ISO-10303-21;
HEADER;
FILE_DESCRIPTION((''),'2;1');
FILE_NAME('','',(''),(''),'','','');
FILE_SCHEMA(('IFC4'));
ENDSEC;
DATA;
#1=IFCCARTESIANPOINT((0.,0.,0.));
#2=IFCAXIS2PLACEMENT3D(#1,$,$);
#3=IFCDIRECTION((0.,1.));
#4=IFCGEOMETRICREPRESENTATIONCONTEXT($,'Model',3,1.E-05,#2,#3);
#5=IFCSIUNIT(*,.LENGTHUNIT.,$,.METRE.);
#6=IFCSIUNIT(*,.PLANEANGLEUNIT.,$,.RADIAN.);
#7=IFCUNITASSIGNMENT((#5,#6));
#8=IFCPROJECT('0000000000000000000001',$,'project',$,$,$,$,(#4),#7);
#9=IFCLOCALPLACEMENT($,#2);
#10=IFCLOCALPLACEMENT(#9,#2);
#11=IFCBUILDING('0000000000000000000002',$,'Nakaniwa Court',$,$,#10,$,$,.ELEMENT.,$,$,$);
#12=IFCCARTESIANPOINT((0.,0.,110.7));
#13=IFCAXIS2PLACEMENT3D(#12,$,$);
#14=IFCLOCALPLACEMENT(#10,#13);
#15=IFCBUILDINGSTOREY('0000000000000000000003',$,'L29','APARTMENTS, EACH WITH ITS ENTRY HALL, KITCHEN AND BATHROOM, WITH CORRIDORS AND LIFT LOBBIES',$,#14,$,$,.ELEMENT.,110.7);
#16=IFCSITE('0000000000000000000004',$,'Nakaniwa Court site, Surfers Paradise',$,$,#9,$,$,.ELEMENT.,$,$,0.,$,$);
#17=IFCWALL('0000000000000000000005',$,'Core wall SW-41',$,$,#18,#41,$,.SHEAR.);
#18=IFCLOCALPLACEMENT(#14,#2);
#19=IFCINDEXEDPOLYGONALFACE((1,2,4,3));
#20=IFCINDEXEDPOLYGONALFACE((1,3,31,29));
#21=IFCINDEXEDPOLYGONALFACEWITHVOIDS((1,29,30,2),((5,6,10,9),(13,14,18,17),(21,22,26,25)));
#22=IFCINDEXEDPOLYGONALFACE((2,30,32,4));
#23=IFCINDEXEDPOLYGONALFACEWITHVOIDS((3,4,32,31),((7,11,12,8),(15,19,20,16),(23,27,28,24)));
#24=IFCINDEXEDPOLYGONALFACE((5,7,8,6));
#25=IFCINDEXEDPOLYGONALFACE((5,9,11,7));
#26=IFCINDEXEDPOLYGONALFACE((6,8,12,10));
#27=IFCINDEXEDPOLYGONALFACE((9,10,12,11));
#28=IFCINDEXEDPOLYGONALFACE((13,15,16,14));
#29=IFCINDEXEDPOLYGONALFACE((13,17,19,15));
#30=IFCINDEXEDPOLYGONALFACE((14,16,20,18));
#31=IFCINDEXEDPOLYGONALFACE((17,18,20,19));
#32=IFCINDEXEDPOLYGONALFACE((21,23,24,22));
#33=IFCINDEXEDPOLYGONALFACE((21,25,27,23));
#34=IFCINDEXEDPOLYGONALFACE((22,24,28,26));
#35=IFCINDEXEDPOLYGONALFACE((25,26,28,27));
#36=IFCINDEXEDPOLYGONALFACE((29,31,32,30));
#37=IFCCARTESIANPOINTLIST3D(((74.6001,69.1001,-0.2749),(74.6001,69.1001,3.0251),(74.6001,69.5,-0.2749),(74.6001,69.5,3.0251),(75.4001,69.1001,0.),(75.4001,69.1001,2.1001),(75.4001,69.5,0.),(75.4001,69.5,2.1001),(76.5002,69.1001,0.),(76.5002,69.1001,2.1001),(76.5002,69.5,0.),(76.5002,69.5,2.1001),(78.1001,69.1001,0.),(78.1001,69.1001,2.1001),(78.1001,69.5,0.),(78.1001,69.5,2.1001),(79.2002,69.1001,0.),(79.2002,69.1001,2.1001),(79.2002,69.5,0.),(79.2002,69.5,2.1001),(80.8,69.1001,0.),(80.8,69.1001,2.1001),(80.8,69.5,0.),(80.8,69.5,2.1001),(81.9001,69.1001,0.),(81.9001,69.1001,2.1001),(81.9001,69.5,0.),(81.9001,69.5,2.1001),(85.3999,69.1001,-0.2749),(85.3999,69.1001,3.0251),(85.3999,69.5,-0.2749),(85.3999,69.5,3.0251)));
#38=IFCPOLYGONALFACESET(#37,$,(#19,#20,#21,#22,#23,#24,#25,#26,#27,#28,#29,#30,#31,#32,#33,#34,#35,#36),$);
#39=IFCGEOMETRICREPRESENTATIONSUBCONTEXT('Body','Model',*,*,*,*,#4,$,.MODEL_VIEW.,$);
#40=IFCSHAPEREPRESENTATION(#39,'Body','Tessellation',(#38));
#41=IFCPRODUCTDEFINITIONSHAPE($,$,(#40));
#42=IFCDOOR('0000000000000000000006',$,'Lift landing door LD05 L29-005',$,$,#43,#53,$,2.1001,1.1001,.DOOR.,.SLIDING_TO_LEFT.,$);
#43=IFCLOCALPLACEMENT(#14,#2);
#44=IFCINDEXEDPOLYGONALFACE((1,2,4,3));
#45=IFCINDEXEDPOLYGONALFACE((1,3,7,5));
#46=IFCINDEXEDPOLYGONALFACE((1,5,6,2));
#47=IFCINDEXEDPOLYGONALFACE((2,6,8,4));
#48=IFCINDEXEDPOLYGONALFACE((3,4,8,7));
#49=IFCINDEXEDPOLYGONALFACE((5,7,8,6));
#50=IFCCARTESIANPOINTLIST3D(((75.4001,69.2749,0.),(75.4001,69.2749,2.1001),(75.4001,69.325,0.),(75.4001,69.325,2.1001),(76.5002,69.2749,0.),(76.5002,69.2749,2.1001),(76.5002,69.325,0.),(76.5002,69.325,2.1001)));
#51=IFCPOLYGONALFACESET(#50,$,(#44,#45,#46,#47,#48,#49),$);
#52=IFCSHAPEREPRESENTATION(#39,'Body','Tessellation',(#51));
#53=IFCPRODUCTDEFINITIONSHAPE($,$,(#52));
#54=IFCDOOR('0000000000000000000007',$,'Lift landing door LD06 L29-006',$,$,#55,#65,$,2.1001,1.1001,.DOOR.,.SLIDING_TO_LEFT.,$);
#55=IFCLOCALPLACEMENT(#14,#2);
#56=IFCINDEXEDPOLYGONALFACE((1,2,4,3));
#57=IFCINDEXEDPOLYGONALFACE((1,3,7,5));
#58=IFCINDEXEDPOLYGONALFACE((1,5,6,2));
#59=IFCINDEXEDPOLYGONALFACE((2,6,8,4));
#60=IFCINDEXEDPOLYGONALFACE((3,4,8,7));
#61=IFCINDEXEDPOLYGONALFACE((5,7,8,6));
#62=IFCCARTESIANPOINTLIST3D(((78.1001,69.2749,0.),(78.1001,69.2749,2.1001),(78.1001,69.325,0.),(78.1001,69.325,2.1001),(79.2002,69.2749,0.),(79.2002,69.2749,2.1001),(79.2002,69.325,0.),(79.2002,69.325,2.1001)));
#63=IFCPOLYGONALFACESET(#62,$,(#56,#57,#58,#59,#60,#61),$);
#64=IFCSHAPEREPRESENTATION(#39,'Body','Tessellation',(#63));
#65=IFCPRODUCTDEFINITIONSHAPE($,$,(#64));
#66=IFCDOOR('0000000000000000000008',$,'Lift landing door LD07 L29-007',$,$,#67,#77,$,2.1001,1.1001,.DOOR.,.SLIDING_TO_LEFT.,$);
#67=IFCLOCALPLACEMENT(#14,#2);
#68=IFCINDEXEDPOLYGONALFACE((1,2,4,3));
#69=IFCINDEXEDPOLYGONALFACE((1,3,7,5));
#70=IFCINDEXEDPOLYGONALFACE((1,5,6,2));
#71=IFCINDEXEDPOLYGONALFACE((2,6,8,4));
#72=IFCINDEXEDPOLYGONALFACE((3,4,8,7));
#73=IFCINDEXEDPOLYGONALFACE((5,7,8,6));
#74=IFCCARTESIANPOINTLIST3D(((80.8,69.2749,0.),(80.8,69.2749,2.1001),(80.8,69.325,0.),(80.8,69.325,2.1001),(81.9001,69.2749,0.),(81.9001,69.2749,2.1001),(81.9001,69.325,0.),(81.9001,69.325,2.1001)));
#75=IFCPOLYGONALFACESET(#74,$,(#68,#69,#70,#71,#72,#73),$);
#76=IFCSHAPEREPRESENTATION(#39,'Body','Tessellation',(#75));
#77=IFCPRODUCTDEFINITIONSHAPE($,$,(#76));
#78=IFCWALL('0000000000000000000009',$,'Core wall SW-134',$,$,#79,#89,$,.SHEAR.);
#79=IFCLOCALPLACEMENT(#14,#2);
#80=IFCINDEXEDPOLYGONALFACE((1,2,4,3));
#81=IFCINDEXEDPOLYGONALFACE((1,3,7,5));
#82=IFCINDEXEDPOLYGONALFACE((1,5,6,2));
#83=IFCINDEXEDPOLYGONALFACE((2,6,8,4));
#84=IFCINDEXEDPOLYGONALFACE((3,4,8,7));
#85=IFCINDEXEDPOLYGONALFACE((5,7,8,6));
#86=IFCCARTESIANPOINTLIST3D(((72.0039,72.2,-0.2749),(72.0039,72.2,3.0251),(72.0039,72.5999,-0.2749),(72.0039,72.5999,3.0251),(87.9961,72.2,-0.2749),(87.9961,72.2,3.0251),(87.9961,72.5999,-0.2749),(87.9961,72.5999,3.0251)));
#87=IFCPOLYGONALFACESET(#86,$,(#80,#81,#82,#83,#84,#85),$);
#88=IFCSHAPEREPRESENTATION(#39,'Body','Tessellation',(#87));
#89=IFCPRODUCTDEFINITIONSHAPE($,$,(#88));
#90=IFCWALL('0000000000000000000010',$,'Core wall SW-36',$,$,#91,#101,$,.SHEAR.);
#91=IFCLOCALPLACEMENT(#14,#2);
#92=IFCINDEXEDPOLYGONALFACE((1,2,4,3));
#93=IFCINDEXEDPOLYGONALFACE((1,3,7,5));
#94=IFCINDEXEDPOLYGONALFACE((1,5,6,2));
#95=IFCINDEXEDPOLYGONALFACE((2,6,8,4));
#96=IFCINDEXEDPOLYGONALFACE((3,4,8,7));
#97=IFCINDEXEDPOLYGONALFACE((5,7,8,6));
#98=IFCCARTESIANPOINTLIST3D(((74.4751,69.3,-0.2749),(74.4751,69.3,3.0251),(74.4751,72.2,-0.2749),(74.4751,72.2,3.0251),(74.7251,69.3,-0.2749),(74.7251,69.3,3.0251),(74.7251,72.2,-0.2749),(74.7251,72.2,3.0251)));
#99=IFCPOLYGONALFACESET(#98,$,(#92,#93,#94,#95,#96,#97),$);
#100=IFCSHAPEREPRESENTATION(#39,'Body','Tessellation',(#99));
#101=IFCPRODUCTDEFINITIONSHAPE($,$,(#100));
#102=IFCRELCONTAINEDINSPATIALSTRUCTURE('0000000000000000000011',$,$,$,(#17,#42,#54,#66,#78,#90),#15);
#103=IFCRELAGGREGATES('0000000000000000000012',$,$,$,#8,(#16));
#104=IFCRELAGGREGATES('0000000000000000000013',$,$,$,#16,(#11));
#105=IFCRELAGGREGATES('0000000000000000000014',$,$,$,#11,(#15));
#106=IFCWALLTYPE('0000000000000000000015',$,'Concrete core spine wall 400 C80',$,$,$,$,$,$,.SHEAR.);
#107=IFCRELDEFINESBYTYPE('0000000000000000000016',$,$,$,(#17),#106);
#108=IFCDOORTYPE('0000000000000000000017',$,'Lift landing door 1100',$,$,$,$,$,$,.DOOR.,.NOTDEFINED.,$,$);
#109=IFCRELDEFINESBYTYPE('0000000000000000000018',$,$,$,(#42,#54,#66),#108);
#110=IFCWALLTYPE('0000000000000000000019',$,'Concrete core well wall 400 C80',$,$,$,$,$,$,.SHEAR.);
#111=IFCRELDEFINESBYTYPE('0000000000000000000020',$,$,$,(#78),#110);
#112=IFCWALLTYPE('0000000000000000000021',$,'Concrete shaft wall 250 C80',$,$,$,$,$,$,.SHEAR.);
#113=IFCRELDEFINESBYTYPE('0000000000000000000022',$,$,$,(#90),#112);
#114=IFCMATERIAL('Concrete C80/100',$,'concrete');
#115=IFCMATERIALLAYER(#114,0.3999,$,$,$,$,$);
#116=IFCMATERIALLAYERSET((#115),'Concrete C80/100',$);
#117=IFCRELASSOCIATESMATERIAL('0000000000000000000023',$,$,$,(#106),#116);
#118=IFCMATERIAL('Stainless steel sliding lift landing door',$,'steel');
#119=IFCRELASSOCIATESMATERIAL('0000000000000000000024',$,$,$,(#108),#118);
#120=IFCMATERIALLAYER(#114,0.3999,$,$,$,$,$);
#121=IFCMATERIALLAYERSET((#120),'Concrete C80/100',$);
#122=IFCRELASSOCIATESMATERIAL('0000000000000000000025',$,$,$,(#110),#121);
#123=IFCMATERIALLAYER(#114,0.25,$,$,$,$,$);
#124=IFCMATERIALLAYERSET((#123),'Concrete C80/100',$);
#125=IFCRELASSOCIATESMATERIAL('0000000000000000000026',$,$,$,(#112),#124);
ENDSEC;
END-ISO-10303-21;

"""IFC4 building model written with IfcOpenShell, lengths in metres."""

from ifc_helpers import new_model, si_unit, direction, frame, frame_2d, origin, place, context, subcontext, project, spatial, rectangle, extrude, material, layer, layer_set, type_object, element, fill, save


model = new_model("IFC4")

# Units and contexts
model_context = context("Model", 3, precision=1e-05, world=origin(), true_north=direction((0.0, 1.0)))
body_context = subcontext(model_context, "Body", "Model", "MODEL_VIEW")
ifc_project = project(units=[si_unit("LENGTHUNIT", "METRE"), si_unit("PLANEANGLEUNIT", "RADIAN")], contexts=[model_context])

# Site, building, storey
site_placement = place(None, origin())
site = spatial("IfcSite", under=ifc_project, at=site_placement, Name="Nakaniwa Court site, Surfers Paradise", CompositionType="ELEMENT", RefElevation=0.0)
building_placement = place(site_placement, origin())
building = spatial("IfcBuilding", under=site, at=building_placement, Name="Nakaniwa Court", CompositionType="ELEMENT")
storey_placement = place(building_placement, frame((0.0, 0.0, 110.7)))
storey = spatial("IfcBuildingStorey", under=building, at=storey_placement, Name="L29", Description="APARTMENTS, EACH WITH ITS ENTRY HALL, KITCHEN AND BATHROOM, WITH CORRIDORS AND LIFT LOBBIES", CompositionType="ELEMENT", Elevation=110.7)

# Shared definitions
ifc_material_1 = material(Name="Concrete C80/100", Category="concrete")

# Wall, openings, doors
ifc_layer_1 = layer(ifc_material_1, 0.3999)
ifc_layer_set_1 = layer_set([ifc_layer_1], Name="Concrete C80/100")
wall_type_1 = type_object("IfcWallType", Name="Concrete core spine wall 400 C80", PredefinedType="SHEAR", material=ifc_layer_set_1)
wall_1_placement = place(storey_placement, frame((74.6001, 69.3, -0.2749), z_axis=(0.0, 0.0, 1.0), x_axis=(1.0, 0.0, 0.0)))
wall_1 = element("IfcWall", 1, at=wall_1_placement, inside=storey, type_object=wall_type_1, Name="Core wall SW-41", PredefinedType="SHEAR", context=body_context, shape_type="SweptSolid", body=[
    extrude(rectangle(XDim=10.7998, YDim=0.3999, at=frame_2d((5.3999, 0.0))), origin(), (0.0, 0.0, 1.0), 3.3),
])
opening_1_placement = place(wall_1_placement, frame((0.8, 0.0, 0.2749)))
opening_1 = element("IfcOpeningElement", 2, at=opening_1_placement, cuts=wall_1, PredefinedType="OPENING", context=body_context, shape_type="SweptSolid", body=[
    extrude(rectangle(XDim=1.1001, YDim=2.1001, at=frame_2d((0.55, 1.05))), frame((0.0, 0.21, 0.0), z_axis=(0.0, -1.0, 0.0), x_axis=(1.0, 0.0, 0.0)), (0.0, 0.0, 1.0), 0.4199),
])
opening_2_placement = place(wall_1_placement, frame((3.5, 0.0, 0.2749)))
opening_2 = element("IfcOpeningElement", 3, at=opening_2_placement, cuts=wall_1, PredefinedType="OPENING", context=body_context, shape_type="SweptSolid", body=[
    extrude(rectangle(XDim=1.1001, YDim=2.1001, at=frame_2d((0.55, 1.05))), frame((0.0, 0.21, 0.0), z_axis=(0.0, -1.0, 0.0), x_axis=(1.0, 0.0, 0.0)), (0.0, 0.0, 1.0), 0.4199),
])
opening_3_placement = place(wall_1_placement, frame((6.2, 0.0, 0.2749)))
opening_3 = element("IfcOpeningElement", 4, at=opening_3_placement, cuts=wall_1, PredefinedType="OPENING", context=body_context, shape_type="SweptSolid", body=[
    extrude(rectangle(XDim=1.1001, YDim=2.1001, at=frame_2d((0.55, 1.05))), frame((0.0, 0.21, 0.0), z_axis=(0.0, -1.0, 0.0), x_axis=(1.0, 0.0, 0.0)), (0.0, 0.0, 1.0), 0.4199),
])
ifc_material_2 = material(Name="Stainless steel sliding lift landing door", Category="steel")
door_type_1 = type_object("IfcDoorType", Name="Lift landing door 1100", OperationType="NOTDEFINED", PredefinedType="DOOR", material=ifc_material_2)
door_1_placement = place(opening_1_placement, origin())
door_1 = element("IfcDoor", 5, at=door_1_placement, inside=storey, type_object=door_type_1, Name="Lift landing door LD05 L29-005", OperationType="SLIDING_TO_LEFT", OverallHeight=2.1001, OverallWidth=1.1001, PredefinedType="DOOR", context=body_context, shape_type="SweptSolid", body=[
    extrude(rectangle(XDim=1.1001, YDim=2.1001, at=frame_2d((0.55, 1.05))), frame((0.0, 0.0249, 0.0), z_axis=(0.0, -1.0, 0.0), x_axis=(1.0, 0.0, 0.0)), (0.0, 0.0, 1.0), 0.05),
])
fill(opening_1, door_1)
door_2_placement = place(opening_2_placement, origin())
door_2 = element("IfcDoor", 6, at=door_2_placement, inside=storey, type_object=door_type_1, Name="Lift landing door LD06 L29-006", OperationType="SLIDING_TO_LEFT", OverallHeight=2.1001, OverallWidth=1.1001, PredefinedType="DOOR", context=body_context, shape_type="SweptSolid", body=[
    extrude(rectangle(XDim=1.1001, YDim=2.1001, at=frame_2d((0.55, 1.05))), frame((0.0, 0.0249, 0.0), z_axis=(0.0, -1.0, 0.0), x_axis=(1.0, 0.0, 0.0)), (0.0, 0.0, 1.0), 0.05),
])
fill(opening_2, door_2)
door_3_placement = place(opening_3_placement, origin())
door_3 = element("IfcDoor", 7, at=door_3_placement, inside=storey, type_object=door_type_1, Name="Lift landing door LD07 L29-007", OperationType="SLIDING_TO_LEFT", OverallHeight=2.1001, OverallWidth=1.1001, PredefinedType="DOOR", context=body_context, shape_type="SweptSolid", body=[
    extrude(rectangle(XDim=1.1001, YDim=2.1001, at=frame_2d((0.55, 1.05))), frame((0.0, 0.0249, 0.0), z_axis=(0.0, -1.0, 0.0), x_axis=(1.0, 0.0, 0.0)), (0.0, 0.0, 1.0), 0.05),
])
fill(opening_3, door_3)

# Walls
ifc_layer_2 = layer(ifc_material_1, 0.3999)
ifc_layer_set_2 = layer_set([ifc_layer_2], Name="Concrete C80/100")
wall_type_2 = type_object("IfcWallType", Name="Concrete core well wall 400 C80", PredefinedType="SHEAR", material=ifc_layer_set_2)
wall_2_placement = place(storey_placement, frame((72.0039, 72.3999, -0.2749), z_axis=(0.0, 0.0, 1.0), x_axis=(1.0, 0.0, 0.0)))
element("IfcWall", 8, at=wall_2_placement, inside=storey, type_object=wall_type_2, Name="Core wall SW-134", PredefinedType="SHEAR", context=body_context, shape_type="SweptSolid", body=[
    extrude(rectangle(XDim=15.9922, YDim=0.3999, at=frame_2d((7.9961, 0.0))), origin(), (0.0, 0.0, 1.0), 3.3),
])
ifc_layer_3 = layer(ifc_material_1, 0.25)
ifc_layer_set_3 = layer_set([ifc_layer_3], Name="Concrete C80/100")
wall_type_3 = type_object("IfcWallType", Name="Concrete shaft wall 250 C80", PredefinedType="SHEAR", material=ifc_layer_set_3)
wall_3_placement = place(storey_placement, frame((74.6001, 69.3, -0.2749), z_axis=(0.0, 0.0, 1.0), x_axis=(0.0, 1.0, 0.0)))
element("IfcWall", 9, at=wall_3_placement, inside=storey, type_object=wall_type_3, Name="Core wall SW-36", PredefinedType="SHEAR", context=body_context, shape_type="SweptSolid", body=[
    extrude(rectangle(XDim=2.8999, YDim=0.25, at=frame_2d((1.45, 0.0))), origin(), (0.0, 0.0, 1.0), 3.3),
])

save(model, "model.ifc")
